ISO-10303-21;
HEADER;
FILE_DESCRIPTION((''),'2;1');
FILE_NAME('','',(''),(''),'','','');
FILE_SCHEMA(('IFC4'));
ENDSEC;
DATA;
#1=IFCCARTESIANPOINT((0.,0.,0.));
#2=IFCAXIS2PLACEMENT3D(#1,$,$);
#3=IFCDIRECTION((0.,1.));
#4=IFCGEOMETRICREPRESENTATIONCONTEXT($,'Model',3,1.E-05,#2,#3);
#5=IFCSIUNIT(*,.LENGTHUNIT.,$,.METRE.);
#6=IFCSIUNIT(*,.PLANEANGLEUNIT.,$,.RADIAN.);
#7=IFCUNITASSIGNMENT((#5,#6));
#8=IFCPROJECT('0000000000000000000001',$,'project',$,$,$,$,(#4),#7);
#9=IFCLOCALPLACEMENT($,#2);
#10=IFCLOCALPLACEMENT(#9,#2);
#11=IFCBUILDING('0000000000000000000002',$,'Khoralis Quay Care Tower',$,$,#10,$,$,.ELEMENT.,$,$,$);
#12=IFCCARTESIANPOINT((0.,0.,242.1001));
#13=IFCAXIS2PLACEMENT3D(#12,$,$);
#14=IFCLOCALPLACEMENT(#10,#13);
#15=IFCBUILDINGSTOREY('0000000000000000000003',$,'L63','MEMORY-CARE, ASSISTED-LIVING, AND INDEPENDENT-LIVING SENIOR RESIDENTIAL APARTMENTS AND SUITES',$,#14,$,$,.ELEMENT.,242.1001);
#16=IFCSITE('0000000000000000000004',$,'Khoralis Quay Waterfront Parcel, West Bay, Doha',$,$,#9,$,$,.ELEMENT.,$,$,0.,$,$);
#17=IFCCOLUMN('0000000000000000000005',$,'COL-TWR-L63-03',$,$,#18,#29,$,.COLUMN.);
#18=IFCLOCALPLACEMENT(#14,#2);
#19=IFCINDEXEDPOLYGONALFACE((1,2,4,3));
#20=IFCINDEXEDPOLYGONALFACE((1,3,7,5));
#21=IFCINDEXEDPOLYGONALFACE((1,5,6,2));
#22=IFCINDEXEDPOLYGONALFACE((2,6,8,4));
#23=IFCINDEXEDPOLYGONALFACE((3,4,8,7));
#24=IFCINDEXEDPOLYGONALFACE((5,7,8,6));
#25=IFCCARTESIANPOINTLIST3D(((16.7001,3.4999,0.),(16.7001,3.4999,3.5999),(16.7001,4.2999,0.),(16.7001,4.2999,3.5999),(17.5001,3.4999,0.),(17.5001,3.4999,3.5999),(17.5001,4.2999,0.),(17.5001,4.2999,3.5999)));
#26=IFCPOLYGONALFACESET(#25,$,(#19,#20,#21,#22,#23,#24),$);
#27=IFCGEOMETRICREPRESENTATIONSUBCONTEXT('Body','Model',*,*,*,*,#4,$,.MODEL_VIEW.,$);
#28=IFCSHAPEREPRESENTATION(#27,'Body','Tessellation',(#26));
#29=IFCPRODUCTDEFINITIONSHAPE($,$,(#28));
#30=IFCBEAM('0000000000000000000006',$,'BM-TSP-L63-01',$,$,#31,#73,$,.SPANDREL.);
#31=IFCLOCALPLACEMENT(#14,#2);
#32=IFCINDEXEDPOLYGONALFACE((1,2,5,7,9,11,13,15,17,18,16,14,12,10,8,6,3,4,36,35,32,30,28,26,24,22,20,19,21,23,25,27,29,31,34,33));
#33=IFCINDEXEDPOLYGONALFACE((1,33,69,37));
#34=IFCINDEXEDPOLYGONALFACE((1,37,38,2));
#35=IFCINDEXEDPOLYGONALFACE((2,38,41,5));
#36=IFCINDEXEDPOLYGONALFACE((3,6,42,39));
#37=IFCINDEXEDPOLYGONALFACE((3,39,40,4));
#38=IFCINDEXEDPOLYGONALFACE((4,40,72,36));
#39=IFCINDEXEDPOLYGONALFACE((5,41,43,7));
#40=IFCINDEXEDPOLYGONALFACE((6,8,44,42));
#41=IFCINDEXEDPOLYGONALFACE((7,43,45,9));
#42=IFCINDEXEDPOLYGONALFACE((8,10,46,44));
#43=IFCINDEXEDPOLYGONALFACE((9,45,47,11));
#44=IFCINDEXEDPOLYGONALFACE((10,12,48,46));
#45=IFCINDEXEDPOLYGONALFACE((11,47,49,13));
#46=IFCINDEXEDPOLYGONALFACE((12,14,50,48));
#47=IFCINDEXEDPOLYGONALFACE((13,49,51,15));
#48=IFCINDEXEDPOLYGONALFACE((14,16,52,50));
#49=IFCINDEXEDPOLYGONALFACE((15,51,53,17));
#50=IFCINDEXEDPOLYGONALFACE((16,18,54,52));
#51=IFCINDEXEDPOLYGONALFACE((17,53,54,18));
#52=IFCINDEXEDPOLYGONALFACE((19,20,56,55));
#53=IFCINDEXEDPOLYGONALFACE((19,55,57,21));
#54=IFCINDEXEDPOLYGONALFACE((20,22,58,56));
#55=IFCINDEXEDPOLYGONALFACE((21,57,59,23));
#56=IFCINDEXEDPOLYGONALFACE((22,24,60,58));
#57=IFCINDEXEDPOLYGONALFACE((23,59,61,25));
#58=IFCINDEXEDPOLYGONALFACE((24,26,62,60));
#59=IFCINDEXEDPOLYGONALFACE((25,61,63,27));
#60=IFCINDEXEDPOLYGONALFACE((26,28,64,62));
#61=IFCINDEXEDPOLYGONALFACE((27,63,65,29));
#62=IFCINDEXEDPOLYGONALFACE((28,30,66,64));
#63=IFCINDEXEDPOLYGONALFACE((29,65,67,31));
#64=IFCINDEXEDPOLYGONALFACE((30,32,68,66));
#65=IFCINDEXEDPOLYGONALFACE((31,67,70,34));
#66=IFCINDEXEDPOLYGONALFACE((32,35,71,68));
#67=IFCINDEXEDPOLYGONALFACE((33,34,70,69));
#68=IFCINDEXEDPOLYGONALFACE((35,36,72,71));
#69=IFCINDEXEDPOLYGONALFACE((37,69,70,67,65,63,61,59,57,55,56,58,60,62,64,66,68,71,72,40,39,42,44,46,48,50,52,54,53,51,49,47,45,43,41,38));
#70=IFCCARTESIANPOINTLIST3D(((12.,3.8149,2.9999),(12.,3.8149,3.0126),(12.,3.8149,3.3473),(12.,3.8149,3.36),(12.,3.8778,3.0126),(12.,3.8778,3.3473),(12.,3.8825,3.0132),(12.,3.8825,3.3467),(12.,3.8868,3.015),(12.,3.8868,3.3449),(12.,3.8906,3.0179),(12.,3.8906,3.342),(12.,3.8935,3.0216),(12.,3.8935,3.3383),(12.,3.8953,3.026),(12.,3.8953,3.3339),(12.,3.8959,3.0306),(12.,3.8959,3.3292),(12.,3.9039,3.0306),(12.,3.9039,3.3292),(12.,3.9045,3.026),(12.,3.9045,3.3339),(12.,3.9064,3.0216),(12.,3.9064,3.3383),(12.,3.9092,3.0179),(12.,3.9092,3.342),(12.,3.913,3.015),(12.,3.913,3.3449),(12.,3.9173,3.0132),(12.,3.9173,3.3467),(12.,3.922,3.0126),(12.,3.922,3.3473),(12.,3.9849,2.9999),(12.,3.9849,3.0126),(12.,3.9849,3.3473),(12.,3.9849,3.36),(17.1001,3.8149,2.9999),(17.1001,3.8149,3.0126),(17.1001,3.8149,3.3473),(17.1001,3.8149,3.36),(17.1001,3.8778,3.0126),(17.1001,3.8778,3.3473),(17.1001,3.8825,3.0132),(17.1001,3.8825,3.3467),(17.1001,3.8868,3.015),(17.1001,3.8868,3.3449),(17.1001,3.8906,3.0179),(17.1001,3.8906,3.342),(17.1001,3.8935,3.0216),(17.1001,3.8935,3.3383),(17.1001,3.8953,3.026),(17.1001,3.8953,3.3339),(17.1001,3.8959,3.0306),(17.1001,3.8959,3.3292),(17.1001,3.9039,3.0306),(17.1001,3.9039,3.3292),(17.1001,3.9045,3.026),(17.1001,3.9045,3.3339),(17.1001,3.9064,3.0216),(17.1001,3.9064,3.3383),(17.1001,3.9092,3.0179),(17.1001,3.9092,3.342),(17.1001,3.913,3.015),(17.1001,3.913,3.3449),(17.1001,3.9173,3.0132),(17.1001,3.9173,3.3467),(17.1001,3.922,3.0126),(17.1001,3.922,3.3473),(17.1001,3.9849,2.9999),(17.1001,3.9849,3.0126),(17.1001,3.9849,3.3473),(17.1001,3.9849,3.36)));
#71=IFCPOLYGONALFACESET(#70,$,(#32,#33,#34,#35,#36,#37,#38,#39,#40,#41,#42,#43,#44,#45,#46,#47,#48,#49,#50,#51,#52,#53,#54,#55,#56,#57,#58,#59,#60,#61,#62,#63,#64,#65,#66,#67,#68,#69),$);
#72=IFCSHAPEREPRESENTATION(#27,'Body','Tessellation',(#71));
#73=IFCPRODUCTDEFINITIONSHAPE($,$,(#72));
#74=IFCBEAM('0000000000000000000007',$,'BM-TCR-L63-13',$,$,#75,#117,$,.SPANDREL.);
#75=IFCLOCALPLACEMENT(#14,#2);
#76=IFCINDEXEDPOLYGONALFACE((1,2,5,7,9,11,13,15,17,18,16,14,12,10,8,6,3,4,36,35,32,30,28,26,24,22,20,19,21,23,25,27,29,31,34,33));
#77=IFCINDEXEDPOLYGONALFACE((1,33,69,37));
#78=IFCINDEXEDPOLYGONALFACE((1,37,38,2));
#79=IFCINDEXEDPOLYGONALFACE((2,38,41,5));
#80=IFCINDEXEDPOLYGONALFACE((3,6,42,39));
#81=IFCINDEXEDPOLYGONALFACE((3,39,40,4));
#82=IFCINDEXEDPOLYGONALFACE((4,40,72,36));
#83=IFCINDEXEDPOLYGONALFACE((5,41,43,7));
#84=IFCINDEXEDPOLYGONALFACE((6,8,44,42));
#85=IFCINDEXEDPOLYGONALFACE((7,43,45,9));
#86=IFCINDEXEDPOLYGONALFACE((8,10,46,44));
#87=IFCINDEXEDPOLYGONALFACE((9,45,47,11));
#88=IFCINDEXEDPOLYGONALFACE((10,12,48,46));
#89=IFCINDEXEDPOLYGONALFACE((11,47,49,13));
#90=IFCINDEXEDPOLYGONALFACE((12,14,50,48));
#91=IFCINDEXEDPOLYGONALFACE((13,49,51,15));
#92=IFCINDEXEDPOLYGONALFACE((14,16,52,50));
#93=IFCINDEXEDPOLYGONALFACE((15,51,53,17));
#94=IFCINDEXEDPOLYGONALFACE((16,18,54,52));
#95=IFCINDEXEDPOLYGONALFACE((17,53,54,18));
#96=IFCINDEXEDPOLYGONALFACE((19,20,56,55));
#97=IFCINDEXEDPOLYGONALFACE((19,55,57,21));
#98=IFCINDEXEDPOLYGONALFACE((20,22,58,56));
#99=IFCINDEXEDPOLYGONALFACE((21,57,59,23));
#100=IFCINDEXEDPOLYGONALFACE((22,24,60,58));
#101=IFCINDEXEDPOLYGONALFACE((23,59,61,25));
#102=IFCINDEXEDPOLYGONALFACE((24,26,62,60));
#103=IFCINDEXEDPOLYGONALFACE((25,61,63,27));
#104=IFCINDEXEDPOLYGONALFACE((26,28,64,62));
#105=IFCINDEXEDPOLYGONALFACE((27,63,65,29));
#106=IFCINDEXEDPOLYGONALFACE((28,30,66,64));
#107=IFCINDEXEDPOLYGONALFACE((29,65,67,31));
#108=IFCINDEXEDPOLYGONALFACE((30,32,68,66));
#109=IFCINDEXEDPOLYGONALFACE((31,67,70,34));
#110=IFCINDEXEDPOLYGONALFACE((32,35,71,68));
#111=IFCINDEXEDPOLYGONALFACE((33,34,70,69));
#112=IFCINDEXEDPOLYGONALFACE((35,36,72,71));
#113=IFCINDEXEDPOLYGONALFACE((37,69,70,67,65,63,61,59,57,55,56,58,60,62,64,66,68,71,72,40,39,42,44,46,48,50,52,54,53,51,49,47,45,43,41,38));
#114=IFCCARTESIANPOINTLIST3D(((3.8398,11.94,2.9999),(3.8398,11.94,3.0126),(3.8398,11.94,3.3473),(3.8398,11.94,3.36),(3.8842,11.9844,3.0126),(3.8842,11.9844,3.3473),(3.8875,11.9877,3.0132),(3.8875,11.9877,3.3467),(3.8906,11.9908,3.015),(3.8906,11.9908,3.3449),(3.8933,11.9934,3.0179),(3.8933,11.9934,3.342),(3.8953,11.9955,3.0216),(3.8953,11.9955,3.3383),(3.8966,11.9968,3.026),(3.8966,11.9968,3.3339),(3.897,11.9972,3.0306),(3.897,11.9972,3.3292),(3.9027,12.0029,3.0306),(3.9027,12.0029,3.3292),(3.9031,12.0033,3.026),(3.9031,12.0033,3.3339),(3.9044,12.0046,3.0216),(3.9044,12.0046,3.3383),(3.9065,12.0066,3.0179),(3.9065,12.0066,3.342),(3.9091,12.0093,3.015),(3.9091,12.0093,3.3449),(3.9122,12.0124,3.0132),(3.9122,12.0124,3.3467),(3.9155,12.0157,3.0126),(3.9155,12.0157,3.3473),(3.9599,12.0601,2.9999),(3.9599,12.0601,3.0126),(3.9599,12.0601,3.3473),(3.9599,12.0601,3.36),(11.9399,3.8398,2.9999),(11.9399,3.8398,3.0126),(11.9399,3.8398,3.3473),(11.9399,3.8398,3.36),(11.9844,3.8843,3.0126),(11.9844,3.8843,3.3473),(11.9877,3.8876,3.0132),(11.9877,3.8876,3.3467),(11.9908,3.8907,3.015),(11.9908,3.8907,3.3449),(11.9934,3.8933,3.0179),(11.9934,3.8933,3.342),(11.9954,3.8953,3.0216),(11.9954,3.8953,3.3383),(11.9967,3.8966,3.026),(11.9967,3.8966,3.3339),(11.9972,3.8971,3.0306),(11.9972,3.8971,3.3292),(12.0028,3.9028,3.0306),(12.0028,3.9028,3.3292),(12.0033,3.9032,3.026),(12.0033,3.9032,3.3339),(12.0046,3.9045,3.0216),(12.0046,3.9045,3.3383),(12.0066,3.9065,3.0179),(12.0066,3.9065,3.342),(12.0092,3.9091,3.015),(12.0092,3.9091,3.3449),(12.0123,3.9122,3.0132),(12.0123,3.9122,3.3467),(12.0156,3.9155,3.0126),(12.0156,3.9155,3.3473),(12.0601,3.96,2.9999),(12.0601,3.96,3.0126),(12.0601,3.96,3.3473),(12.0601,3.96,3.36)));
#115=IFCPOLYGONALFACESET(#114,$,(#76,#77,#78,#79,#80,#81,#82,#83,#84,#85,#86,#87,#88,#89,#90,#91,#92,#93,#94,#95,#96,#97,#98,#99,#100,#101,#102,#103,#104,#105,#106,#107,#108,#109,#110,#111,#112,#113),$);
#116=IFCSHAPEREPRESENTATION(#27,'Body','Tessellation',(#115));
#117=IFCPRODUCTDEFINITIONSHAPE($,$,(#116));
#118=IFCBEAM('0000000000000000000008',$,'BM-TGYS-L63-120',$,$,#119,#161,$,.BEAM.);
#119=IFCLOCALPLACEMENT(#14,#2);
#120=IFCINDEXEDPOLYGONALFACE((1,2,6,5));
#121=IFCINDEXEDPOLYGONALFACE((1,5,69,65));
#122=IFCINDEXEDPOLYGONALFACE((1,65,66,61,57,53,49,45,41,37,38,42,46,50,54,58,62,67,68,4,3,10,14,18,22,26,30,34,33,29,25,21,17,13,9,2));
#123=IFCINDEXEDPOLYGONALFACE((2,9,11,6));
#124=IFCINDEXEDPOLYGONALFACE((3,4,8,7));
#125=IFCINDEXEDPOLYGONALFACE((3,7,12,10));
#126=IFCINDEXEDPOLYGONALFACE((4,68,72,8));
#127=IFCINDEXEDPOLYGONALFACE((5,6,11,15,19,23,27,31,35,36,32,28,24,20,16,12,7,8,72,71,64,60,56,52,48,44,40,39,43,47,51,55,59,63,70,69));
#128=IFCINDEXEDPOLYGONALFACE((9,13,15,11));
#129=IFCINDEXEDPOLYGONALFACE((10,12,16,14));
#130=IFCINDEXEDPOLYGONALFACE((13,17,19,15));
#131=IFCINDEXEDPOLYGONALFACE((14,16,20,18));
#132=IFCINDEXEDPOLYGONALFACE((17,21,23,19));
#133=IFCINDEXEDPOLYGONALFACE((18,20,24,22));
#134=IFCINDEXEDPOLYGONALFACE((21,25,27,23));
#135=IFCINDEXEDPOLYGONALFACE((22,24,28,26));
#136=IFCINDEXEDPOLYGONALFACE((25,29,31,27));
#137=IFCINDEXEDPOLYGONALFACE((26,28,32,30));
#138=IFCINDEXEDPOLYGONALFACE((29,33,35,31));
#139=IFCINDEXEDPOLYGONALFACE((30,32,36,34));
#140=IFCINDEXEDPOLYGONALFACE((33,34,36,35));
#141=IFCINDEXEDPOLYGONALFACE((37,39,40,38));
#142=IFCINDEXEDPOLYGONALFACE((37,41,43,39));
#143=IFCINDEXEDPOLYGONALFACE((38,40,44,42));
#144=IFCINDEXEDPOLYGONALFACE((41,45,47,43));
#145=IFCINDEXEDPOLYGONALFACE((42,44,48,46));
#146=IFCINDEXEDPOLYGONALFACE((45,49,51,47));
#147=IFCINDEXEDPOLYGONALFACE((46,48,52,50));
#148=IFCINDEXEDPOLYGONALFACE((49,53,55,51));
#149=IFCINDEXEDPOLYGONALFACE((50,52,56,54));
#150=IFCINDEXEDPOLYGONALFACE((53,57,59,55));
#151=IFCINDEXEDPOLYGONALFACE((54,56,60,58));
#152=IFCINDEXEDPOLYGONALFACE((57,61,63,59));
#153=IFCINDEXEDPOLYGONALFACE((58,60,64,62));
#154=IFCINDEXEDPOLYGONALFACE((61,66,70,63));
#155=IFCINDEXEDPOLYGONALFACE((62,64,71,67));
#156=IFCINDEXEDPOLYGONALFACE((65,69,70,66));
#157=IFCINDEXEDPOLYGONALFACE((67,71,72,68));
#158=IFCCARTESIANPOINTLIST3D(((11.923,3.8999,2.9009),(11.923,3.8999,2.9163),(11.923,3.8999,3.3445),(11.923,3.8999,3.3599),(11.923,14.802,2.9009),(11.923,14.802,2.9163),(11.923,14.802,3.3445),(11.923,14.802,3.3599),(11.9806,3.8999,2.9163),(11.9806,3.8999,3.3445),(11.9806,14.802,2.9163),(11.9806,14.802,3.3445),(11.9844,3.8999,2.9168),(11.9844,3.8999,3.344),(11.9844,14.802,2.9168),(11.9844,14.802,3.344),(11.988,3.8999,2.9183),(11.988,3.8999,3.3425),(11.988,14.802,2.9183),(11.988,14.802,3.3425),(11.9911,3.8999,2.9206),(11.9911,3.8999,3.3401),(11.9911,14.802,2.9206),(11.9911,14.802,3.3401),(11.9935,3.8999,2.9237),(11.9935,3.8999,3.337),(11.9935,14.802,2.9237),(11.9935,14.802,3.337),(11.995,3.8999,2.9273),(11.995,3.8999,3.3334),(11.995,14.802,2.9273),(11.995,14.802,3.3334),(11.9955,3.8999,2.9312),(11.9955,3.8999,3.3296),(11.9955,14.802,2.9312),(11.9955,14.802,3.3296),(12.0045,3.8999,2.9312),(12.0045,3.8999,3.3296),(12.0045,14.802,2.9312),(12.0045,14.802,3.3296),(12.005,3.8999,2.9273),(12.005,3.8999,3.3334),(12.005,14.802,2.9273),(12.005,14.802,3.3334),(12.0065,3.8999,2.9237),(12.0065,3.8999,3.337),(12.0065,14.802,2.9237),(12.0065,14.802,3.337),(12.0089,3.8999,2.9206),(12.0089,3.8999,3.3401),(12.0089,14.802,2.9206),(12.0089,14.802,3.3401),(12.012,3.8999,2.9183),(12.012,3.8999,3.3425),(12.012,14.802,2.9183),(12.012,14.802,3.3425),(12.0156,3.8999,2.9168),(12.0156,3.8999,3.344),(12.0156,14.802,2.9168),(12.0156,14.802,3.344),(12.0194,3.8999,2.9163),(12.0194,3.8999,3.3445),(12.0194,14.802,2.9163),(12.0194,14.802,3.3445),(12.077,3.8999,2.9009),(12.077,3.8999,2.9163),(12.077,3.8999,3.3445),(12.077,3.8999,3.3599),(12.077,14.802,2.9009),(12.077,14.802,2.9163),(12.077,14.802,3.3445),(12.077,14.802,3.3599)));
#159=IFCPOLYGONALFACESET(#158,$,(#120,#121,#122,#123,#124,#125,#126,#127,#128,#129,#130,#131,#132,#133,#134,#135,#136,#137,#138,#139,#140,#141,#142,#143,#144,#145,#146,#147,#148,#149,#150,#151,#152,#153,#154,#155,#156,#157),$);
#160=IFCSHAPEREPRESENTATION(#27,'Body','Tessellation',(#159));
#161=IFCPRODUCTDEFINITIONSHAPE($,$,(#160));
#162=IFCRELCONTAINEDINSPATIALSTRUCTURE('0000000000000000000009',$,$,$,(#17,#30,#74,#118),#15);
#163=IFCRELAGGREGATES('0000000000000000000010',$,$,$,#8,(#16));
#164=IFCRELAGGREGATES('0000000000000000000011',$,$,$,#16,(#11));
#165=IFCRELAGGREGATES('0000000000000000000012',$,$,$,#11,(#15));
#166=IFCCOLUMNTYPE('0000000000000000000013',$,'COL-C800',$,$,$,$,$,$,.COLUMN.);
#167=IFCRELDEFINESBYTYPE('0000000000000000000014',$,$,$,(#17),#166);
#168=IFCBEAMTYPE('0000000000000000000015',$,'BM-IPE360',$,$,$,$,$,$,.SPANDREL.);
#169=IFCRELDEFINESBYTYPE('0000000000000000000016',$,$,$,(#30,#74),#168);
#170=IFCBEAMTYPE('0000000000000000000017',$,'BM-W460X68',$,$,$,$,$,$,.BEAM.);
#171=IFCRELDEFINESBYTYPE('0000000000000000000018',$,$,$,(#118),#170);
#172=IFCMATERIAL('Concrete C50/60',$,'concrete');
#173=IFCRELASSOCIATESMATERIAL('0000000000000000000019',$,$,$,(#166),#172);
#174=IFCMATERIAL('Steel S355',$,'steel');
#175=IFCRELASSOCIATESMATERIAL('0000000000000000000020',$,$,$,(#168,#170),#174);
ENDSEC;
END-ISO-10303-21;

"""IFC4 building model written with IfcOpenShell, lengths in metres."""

from ifc_helpers import new_model, si_unit, direction, frame, origin, origin_2d, place, context, subcontext, project, spatial, rectangle, i_section, extrude, source, transform, mapped, material, material_profile, profile_set, type_object, element, save


model = new_model("IFC4")

# Units and contexts
model_context = context("Model", 3, precision=1e-05, world=origin(), true_north=direction((0.0, 1.0)))
body_context = subcontext(model_context, "Body", "Model", "MODEL_VIEW")
ifc_project = project(units=[si_unit("LENGTHUNIT", "METRE"), si_unit("PLANEANGLEUNIT", "RADIAN")], contexts=[model_context])

# Site, building, storey
site_placement = place(None, origin())
site = spatial("IfcSite", under=ifc_project, at=site_placement, Name="Khoralis Quay Waterfront Parcel, West Bay, Doha", CompositionType="ELEMENT", RefElevation=0.0)
building_placement = place(site_placement, origin())
building = spatial("IfcBuilding", under=site, at=building_placement, Name="Khoralis Quay Care Tower", CompositionType="ELEMENT")
storey_placement = place(building_placement, frame((0.0, 0.0, 242.1001)))
storey = spatial("IfcBuildingStorey", under=building, at=storey_placement, Name="L63", Description="MEMORY-CARE, ASSISTED-LIVING, AND INDEPENDENT-LIVING SENIOR RESIDENTIAL APARTMENTS AND SUITES", CompositionType="ELEMENT", Elevation=242.1001)

# Column
ifc_material_1 = material(Name="Concrete C50/60", Category="concrete")
ifc_material_profile_1 = material_profile(ifc_material_1, rectangle(XDim=0.8, YDim=0.8, at=origin_2d()), Name="Concrete C50/60")
ifc_profile_set_1 = profile_set([ifc_material_profile_1], Name="Concrete C50/60")
column_type = type_object("IfcColumnType", Name="COL-C800", PredefinedType="COLUMN", material=ifc_profile_set_1)
shared_shape_1 = source(origin(), body_context, "Body", "SweptSolid", [
    extrude(rectangle(XDim=0.8, YDim=0.8, at=origin_2d()), origin(), (0.0, 0.0, 1.0), 3.5999),
])
column_placement = place(storey_placement, frame((17.1001, 3.8999, 0.0), z_axis=(0.0, 0.0, 1.0), x_axis=(1.0, 0.0, 0.0)))
element("IfcColumn", 1, at=column_placement, inside=storey, type_object=column_type, Name="COL-TWR-L63-03", PredefinedType="COLUMN", context=body_context, shape_type="MappedRepresentation", body=[
    mapped(shared_shape_1, transform((0.0, 0.0, 0.0), scale=1.0)),
])

# Beams
ifc_material_2 = material(Name="Steel S355", Category="steel")
ifc_material_profile_2 = material_profile(ifc_material_2, i_section(OverallWidth=0.1699, OverallDepth=0.3601, WebThickness=0.0081, FlangeThickness=0.0127, FilletRadius=0.0181, at=origin_2d()), Name="Steel S355")
ifc_profile_set_2 = profile_set([ifc_material_profile_2], Name="Steel S355")
beam_type_1 = type_object("IfcBeamType", Name="BM-IPE360", PredefinedType="SPANDREL", material=ifc_profile_set_2)
shared_shape_2 = source(origin(), body_context, "Body", "SweptSolid", [
    extrude(i_section(OverallWidth=0.1699, OverallDepth=0.3601, WebThickness=0.0081, FlangeThickness=0.0127, FilletRadius=0.0181, at=origin_2d()), origin(), (0.0, 0.0, 1.0), 5.1001),
])
beam_1_placement = place(storey_placement, frame((12.0, 3.8999, 3.1799), z_axis=(1.0, 0.0, 0.0), x_axis=(0.0, 1.0, 0.0)))
element("IfcBeam", 2, at=beam_1_placement, inside=storey, type_object=beam_type_1, Name="BM-TSP-L63-01", PredefinedType="SPANDREL", context=body_context, shape_type="MappedRepresentation", body=[
    mapped(shared_shape_2, transform((0.0, 0.0, 0.0), scale=1.0)),
])
shared_shape_3 = source(origin(), body_context, "Body", "SweptSolid", [
    extrude(i_section(OverallWidth=0.1699, OverallDepth=0.3601, WebThickness=0.0081, FlangeThickness=0.0127, FilletRadius=0.0181, at=origin_2d()), origin(), (0.0, 0.0, 1.0), 11.4553),
])
beam_2_placement = place(storey_placement, frame((12.0, 3.8999, 3.1799), z_axis=(-0.707107, 0.707107, 0.0), x_axis=(-0.707107, -0.707107, 0.0)))
element("IfcBeam", 3, at=beam_2_placement, inside=storey, type_object=beam_type_1, Name="BM-TCR-L63-13", PredefinedType="SPANDREL", context=body_context, shape_type="MappedRepresentation", body=[
    mapped(shared_shape_3, transform((0.0, 0.0, 0.0), scale=1.0)),
])
ifc_material_profile_3 = material_profile(ifc_material_2, i_section(OverallWidth=0.1541, OverallDepth=0.459, WebThickness=0.009, FlangeThickness=0.0154, FilletRadius=0.0149, at=origin_2d()), Name="Steel S355")
ifc_profile_set_3 = profile_set([ifc_material_profile_3], Name="Steel S355")
beam_type_2 = type_object("IfcBeamType", Name="BM-W460X68", PredefinedType="BEAM", material=ifc_profile_set_3)
shared_shape_4 = source(origin(), body_context, "Body", "SweptSolid", [
    extrude(i_section(OverallWidth=0.1541, OverallDepth=0.459, WebThickness=0.009, FlangeThickness=0.0154, FilletRadius=0.0149, at=origin_2d()), origin(), (0.0, 0.0, 1.0), 10.9021),
])
beam_3_placement = place(storey_placement, frame((12.0, 3.8999, 3.1304), z_axis=(0.0, 1.0, 0.0), x_axis=(-1.0, 0.0, 0.0)))
element("IfcBeam", 4, at=beam_3_placement, inside=storey, type_object=beam_type_2, Name="BM-TGYS-L63-120", PredefinedType="BEAM", context=body_context, shape_type="MappedRepresentation", body=[
    mapped(shared_shape_4, transform((0.0, 0.0, 0.0), scale=1.0)),
])

save(model, "model.ifc")
